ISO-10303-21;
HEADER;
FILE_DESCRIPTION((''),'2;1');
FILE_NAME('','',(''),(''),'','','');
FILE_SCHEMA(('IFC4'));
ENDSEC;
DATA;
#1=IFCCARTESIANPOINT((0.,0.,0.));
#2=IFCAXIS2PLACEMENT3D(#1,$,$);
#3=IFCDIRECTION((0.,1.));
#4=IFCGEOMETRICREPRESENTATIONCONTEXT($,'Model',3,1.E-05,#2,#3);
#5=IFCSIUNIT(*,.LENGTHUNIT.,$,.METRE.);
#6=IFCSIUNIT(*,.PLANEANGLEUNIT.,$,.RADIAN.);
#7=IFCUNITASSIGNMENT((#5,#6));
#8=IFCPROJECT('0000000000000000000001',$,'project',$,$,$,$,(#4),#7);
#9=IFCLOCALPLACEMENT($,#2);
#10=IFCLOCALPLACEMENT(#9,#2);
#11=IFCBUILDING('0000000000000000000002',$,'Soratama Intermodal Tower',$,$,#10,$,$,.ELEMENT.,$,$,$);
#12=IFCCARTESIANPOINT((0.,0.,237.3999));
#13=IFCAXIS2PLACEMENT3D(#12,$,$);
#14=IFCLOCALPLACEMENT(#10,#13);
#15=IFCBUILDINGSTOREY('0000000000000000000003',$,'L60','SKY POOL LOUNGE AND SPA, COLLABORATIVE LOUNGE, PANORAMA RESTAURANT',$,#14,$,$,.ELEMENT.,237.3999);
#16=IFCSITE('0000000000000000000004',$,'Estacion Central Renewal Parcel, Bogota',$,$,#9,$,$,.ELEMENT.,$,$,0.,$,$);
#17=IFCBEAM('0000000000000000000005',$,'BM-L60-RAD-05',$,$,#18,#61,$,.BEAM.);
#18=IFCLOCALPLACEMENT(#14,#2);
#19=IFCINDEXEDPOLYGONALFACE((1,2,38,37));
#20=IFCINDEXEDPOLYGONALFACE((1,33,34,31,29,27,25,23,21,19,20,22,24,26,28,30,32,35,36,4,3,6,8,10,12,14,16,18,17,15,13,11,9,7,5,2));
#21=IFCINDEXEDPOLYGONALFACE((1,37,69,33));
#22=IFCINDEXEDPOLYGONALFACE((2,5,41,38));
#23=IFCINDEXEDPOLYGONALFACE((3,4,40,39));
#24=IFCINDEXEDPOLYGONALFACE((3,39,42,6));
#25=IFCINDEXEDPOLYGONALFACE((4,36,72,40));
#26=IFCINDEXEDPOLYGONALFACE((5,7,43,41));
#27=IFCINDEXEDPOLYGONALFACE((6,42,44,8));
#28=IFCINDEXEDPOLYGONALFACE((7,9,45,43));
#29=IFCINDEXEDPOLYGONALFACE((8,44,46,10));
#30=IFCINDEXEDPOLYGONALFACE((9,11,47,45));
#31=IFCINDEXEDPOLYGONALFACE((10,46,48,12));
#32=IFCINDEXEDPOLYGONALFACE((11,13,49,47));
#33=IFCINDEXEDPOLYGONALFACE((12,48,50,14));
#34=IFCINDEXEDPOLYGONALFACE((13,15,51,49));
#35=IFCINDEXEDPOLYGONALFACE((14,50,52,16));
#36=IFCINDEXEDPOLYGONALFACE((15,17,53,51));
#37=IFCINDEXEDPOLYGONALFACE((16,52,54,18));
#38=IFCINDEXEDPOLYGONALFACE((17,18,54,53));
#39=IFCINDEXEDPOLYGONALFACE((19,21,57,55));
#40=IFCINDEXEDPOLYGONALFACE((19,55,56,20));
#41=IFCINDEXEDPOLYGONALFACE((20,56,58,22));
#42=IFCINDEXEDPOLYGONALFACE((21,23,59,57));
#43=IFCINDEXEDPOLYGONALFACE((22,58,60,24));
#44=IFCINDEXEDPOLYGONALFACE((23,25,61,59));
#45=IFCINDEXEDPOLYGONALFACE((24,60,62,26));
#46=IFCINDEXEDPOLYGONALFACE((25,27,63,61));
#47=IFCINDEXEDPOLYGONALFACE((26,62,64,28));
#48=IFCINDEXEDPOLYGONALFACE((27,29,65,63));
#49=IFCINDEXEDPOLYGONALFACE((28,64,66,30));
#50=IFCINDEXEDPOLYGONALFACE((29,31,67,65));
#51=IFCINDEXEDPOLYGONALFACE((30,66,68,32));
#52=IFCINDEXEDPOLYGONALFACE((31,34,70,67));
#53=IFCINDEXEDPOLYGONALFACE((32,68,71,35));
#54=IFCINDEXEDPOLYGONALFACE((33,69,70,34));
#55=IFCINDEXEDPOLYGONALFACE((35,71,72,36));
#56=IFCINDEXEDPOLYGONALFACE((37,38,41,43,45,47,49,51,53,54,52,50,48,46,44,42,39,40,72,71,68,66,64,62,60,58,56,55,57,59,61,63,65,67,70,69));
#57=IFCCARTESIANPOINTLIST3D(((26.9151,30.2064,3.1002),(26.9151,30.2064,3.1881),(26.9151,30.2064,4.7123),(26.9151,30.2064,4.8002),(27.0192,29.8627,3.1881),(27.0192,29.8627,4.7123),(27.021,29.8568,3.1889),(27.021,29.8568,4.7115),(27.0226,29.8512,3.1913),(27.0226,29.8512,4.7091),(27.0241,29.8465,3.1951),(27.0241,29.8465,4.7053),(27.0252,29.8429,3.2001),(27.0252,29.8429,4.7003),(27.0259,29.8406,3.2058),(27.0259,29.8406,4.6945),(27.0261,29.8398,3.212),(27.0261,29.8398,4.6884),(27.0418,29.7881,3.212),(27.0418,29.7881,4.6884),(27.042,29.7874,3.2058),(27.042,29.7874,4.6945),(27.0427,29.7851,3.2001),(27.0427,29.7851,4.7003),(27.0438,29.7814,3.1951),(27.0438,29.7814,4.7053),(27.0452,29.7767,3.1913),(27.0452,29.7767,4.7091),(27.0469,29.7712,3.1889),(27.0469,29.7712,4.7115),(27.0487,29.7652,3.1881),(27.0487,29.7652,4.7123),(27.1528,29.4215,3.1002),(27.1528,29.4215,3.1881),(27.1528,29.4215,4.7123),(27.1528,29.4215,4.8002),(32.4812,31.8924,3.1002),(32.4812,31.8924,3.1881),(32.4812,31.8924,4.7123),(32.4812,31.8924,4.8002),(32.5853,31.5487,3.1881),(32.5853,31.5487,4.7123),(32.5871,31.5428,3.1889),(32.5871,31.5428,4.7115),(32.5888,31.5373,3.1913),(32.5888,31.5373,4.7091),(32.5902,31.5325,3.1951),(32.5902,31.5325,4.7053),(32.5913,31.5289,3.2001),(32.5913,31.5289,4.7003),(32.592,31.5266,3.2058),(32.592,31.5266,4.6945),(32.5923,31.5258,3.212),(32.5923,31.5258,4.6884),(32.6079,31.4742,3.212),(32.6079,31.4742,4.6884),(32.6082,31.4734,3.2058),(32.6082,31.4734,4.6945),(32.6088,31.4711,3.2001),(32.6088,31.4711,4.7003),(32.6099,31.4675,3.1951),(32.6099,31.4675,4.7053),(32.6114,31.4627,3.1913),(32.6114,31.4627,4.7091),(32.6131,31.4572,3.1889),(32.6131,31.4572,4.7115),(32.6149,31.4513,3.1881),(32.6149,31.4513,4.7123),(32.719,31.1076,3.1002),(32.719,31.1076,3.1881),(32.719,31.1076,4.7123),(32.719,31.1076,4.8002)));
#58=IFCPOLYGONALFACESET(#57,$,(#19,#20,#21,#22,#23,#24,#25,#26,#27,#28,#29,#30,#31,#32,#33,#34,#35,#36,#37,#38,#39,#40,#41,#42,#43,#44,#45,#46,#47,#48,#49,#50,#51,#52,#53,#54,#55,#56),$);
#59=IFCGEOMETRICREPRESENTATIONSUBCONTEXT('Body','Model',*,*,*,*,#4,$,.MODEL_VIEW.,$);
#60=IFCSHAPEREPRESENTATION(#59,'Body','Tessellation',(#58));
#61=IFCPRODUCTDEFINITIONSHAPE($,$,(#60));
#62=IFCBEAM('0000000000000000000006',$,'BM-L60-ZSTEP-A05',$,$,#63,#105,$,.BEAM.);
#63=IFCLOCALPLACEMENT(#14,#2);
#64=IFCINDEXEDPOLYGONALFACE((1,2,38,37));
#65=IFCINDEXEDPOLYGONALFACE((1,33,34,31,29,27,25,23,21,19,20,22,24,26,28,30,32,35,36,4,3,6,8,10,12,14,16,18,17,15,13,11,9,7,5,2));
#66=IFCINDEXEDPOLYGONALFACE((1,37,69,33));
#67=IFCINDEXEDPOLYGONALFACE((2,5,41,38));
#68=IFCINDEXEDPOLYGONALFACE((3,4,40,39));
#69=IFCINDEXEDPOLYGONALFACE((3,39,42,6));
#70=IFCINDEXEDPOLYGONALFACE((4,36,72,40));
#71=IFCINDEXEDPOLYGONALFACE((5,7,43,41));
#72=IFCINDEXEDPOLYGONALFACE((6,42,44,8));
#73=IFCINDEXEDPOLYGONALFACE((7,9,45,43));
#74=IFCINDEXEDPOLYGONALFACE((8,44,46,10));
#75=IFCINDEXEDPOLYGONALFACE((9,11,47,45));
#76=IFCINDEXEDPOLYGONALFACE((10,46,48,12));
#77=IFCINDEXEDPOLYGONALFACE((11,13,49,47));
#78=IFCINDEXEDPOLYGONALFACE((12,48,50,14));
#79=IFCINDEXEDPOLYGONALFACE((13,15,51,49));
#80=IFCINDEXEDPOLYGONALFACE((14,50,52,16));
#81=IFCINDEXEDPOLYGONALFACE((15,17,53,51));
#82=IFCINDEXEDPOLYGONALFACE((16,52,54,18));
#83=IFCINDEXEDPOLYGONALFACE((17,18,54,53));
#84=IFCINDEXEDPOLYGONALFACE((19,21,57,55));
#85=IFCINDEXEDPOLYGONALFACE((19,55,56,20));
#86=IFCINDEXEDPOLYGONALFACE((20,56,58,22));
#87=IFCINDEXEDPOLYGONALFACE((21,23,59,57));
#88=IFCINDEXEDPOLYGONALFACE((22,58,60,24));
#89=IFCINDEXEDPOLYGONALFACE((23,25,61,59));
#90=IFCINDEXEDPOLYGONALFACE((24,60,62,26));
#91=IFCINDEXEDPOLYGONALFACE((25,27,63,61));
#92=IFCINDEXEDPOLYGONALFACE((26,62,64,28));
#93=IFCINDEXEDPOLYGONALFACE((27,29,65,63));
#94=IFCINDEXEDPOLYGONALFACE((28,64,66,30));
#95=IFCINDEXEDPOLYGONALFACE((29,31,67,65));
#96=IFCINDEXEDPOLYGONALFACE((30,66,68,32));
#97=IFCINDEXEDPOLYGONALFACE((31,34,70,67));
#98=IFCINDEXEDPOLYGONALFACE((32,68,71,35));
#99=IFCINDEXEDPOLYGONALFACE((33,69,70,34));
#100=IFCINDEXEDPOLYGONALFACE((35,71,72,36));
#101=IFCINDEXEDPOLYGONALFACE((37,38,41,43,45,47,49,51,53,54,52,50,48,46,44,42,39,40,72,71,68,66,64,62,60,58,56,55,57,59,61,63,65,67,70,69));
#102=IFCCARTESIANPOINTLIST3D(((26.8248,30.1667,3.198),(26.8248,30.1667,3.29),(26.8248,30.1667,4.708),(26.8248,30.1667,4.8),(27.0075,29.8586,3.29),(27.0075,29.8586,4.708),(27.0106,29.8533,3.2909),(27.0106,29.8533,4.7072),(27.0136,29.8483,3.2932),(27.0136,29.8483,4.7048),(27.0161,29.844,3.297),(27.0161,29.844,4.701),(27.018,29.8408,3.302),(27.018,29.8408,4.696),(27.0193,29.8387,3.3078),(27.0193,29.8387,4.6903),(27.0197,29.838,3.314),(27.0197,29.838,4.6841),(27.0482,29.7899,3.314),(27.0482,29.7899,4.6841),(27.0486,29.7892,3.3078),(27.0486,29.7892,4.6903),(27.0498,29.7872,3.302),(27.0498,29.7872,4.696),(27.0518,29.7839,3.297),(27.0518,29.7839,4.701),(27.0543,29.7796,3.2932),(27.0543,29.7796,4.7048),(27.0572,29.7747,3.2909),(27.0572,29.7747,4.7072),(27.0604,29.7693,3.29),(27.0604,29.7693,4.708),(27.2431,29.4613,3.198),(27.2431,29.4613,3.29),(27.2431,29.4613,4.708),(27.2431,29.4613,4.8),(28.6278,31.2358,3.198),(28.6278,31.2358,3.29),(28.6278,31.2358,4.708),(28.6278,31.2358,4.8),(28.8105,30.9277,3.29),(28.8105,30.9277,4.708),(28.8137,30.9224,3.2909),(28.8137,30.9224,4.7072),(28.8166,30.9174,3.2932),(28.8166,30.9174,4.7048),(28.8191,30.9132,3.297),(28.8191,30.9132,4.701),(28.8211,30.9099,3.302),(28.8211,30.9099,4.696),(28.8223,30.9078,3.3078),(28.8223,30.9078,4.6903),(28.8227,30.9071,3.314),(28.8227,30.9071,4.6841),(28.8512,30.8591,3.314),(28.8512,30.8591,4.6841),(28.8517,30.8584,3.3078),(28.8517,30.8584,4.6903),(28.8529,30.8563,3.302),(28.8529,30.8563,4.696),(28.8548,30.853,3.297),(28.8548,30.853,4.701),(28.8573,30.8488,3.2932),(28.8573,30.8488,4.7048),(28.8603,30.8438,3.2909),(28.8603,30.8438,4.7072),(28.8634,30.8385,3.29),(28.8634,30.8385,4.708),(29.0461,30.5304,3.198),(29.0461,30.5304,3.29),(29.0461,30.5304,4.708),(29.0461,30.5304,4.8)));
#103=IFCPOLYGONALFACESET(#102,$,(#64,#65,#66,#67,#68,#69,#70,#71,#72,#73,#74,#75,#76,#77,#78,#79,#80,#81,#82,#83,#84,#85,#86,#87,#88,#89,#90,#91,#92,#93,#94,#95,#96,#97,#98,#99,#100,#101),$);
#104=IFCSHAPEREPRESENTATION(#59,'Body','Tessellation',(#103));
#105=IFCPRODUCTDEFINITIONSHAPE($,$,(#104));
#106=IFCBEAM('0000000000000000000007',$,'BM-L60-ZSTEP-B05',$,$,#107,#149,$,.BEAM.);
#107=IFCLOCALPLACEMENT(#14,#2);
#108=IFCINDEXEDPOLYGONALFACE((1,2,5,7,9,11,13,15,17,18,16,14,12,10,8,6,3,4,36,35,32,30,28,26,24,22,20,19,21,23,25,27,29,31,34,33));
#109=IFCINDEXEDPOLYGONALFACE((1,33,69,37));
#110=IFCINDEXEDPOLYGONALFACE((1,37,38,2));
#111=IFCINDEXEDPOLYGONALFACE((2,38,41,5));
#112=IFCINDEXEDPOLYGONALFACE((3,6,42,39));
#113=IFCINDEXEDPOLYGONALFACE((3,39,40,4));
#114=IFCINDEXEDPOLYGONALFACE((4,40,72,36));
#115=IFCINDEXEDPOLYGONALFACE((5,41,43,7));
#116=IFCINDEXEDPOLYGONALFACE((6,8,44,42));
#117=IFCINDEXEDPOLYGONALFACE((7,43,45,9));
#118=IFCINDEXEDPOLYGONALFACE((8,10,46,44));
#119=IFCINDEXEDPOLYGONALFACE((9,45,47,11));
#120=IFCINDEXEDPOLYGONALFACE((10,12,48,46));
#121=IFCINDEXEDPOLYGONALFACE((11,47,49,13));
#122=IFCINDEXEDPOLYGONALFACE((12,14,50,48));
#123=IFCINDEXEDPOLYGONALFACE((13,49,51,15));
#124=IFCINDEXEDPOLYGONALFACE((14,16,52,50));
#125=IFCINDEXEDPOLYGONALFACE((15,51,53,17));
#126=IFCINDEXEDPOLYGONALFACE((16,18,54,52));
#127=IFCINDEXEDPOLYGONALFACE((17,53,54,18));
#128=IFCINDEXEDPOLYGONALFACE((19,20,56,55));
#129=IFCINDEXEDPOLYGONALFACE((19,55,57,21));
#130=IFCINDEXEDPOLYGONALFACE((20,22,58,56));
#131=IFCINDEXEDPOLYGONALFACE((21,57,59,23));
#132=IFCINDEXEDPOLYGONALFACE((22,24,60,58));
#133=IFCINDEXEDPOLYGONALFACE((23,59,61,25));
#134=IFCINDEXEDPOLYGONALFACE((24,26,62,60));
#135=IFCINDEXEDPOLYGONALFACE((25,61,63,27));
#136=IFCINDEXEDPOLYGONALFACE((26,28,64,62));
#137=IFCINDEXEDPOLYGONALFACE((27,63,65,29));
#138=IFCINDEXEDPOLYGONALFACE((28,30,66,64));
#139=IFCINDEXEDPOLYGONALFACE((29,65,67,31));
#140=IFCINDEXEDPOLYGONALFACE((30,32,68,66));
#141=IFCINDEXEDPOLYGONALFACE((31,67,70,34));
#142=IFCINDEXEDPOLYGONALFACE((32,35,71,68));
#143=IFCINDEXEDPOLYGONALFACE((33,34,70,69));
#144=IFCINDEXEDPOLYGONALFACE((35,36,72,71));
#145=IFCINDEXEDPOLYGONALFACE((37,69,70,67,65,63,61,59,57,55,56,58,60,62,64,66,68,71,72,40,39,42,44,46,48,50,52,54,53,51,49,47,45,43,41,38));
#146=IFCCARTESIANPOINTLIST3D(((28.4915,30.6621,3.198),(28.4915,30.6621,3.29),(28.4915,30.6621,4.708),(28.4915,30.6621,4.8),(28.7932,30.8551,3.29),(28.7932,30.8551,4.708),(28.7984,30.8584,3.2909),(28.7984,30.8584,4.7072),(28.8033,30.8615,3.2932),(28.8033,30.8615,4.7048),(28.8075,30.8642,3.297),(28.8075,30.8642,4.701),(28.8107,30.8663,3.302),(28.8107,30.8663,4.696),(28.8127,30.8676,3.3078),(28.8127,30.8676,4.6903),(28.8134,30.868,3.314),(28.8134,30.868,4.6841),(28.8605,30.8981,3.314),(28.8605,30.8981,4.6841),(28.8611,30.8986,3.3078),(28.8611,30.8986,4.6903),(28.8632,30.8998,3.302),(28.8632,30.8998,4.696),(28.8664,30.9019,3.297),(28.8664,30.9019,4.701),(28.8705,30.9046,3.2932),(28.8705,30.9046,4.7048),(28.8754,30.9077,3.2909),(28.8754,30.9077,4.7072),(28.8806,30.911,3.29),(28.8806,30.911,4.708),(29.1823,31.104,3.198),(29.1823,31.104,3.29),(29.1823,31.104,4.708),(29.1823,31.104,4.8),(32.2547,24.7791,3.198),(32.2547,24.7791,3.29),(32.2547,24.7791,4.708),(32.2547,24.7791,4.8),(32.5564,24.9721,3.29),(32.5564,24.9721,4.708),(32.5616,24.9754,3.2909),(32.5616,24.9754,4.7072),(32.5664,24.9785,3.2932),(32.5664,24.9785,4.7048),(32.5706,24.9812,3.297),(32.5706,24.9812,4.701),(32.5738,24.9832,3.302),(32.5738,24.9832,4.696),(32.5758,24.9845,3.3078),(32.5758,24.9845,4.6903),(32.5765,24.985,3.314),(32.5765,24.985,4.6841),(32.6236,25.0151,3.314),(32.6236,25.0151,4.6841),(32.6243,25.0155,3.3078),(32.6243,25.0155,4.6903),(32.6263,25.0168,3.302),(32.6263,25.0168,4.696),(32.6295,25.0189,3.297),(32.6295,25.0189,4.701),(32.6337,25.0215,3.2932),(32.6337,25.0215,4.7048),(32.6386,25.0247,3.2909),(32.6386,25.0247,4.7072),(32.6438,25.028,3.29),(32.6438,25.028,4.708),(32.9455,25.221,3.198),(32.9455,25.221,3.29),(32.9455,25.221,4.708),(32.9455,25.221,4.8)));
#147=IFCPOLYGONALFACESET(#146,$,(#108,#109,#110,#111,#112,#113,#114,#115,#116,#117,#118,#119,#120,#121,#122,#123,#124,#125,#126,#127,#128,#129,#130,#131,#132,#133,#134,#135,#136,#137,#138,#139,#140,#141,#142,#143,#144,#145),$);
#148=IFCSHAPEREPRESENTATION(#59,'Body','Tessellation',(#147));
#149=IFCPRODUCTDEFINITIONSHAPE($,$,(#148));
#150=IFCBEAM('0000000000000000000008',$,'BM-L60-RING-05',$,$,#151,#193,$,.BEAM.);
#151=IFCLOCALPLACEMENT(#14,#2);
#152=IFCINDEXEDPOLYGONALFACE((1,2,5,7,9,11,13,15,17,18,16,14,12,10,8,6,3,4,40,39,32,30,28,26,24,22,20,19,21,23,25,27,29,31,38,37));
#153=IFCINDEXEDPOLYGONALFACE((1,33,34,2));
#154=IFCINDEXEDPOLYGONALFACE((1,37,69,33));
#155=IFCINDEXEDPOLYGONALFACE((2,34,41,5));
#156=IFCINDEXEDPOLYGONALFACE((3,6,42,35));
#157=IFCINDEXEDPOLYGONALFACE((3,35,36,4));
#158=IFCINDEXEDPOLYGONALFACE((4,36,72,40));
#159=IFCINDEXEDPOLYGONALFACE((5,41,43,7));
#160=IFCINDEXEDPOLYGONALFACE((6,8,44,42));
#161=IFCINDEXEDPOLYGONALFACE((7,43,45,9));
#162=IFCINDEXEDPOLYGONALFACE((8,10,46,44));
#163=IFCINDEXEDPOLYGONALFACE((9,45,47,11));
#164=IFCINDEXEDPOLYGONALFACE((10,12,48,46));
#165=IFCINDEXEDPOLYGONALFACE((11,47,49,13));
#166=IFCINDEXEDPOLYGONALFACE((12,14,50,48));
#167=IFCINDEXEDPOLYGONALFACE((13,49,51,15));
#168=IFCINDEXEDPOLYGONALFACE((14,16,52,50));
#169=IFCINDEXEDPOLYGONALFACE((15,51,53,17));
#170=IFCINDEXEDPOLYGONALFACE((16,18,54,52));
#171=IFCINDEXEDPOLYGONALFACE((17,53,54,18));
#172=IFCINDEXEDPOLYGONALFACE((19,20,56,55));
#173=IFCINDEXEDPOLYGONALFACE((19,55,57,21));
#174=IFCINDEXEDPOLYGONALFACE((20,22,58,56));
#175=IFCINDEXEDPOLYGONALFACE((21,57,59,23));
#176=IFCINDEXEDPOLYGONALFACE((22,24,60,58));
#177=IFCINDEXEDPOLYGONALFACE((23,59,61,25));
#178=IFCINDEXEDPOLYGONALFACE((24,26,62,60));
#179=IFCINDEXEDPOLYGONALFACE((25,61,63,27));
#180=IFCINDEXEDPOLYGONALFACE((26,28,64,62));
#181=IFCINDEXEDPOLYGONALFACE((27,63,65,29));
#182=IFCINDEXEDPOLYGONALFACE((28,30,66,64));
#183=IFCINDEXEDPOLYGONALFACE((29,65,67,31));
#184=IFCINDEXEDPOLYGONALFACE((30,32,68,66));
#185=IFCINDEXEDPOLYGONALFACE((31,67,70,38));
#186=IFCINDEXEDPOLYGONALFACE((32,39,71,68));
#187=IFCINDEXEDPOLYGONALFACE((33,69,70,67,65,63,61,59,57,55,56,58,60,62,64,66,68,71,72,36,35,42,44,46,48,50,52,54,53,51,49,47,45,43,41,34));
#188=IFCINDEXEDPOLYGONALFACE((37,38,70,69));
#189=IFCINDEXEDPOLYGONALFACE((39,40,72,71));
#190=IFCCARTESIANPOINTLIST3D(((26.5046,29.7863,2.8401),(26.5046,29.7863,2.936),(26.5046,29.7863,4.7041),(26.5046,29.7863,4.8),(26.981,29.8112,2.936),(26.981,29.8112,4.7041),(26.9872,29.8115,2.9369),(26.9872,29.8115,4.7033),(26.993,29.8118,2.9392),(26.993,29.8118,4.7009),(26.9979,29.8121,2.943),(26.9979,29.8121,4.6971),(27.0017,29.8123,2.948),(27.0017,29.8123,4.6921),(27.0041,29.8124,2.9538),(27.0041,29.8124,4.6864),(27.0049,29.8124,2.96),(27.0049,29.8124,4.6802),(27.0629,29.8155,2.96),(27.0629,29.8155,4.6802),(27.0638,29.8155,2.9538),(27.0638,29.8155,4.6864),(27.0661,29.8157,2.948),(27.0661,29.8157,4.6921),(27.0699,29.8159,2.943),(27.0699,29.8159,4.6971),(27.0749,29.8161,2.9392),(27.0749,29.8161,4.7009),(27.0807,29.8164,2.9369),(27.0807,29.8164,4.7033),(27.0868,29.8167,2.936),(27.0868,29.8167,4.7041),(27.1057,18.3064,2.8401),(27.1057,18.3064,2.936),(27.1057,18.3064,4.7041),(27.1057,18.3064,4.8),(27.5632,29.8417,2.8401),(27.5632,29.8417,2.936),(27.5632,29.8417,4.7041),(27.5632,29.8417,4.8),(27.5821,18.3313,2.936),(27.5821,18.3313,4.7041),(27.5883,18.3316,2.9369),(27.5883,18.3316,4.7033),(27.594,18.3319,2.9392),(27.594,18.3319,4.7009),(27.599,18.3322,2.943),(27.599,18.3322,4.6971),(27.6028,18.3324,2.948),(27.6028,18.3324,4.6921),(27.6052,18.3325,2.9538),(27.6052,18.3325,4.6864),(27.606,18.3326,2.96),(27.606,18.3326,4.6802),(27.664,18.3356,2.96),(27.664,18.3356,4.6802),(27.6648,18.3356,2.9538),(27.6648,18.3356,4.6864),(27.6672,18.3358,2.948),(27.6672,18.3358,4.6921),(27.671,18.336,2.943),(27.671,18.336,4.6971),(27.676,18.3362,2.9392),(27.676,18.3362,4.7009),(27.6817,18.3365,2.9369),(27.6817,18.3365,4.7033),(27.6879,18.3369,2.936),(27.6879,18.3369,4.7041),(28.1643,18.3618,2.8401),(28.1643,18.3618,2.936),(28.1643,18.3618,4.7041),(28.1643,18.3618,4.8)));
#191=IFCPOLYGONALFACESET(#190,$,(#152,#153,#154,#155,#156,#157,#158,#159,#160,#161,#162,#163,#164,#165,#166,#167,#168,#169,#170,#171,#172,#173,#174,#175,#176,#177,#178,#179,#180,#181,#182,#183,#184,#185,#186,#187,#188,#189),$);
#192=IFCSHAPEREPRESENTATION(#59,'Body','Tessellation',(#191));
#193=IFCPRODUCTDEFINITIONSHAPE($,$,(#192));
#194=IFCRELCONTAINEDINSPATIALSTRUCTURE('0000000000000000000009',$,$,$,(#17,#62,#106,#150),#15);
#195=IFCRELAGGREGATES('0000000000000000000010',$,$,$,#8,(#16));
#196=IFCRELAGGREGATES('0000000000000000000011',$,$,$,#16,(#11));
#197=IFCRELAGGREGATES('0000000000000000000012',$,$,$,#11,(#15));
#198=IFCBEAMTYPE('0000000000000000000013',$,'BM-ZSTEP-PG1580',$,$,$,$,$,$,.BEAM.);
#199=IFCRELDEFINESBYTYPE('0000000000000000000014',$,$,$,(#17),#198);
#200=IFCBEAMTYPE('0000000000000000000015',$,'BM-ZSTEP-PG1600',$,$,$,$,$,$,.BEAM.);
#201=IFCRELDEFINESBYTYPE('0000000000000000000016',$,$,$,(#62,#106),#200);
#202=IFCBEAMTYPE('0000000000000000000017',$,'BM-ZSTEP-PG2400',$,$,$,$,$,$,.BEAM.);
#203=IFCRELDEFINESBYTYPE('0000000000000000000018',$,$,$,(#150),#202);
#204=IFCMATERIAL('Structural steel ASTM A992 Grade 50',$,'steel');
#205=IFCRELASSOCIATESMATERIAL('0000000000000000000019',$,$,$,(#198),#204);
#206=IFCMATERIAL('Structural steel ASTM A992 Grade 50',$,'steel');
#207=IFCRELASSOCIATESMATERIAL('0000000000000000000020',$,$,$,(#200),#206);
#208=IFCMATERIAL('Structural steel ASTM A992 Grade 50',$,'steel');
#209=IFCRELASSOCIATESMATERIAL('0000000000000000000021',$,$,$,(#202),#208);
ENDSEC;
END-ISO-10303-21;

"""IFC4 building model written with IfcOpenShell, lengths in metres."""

from ifc_helpers import new_model, si_unit, direction, frame, origin, origin_2d, place, context, subcontext, project, spatial, i_section, extrude, material, material_profile, profile_set, type_object, element, save


model = new_model("IFC4")

# Units and contexts
model_context = context("Model", 3, precision=1e-05, world=origin(), true_north=direction((0.0, 1.0)))
body_context = subcontext(model_context, "Body", "Model", "MODEL_VIEW")
ifc_project = project(units=[si_unit("LENGTHUNIT", "METRE"), si_unit("PLANEANGLEUNIT", "RADIAN")], contexts=[model_context])

# Site, building, storey
site_placement = place(None, origin())
site = spatial("IfcSite", under=ifc_project, at=site_placement, Name="Estacion Central Renewal Parcel, Bogota", CompositionType="ELEMENT", RefElevation=0.0)
building_placement = place(site_placement, origin())
building = spatial("IfcBuilding", under=site, at=building_placement, Name="Soratama Intermodal Tower", CompositionType="ELEMENT")
storey_placement = place(building_placement, frame((0.0, 0.0, 237.3999)))
storey = spatial("IfcBuildingStorey", under=building, at=storey_placement, Name="L60", Description="SKY POOL LOUNGE AND SPA, COLLABORATIVE LOUNGE, PANORAMA RESTAURANT", CompositionType="ELEMENT", Elevation=237.3999)

# Beams
ifc_material_1 = material(Name="Structural steel ASTM A992 Grade 50", Category="steel")
ifc_material_profile_1 = material_profile(ifc_material_1, i_section(OverallWidth=0.8201, OverallDepth=1.7, WebThickness=0.054, FlangeThickness=0.0879, FilletRadius=0.0239, at=origin_2d()), Name="PG1580X800")
ifc_profile_set_1 = profile_set([ifc_material_profile_1], Name="Structural steel ASTM A992 Grade 50")
beam_type_1 = type_object("IfcBeamType", Name="BM-ZSTEP-PG1580", PredefinedType="BEAM", material=ifc_profile_set_1)
beam_1_placement = place(storey_placement, frame((32.6001, 31.5, 3.9502), z_axis=(-0.957057, -0.2899, 0.0), x_axis=(0.2899, -0.957057, 0.0)))
element("IfcBeam", 1, at=beam_1_placement, inside=storey, type_object=beam_type_1, Name="BM-L60-RAD-05", PredefinedType="BEAM", context=body_context, shape_type="SweptSolid", body=[
    extrude(i_section(OverallWidth=0.8201, OverallDepth=1.7, WebThickness=0.054, FlangeThickness=0.0879, FilletRadius=0.0239, at=origin_2d()), origin(), (0.0, 0.0, 1.0), 5.8159),
])
ifc_material_2 = material(Name="Structural steel ASTM A992 Grade 50", Category="steel")
ifc_material_profile_2 = material_profile(ifc_material_2, i_section(OverallWidth=0.8201, OverallDepth=1.6021, WebThickness=0.0559, FlangeThickness=0.092, FilletRadius=0.0239, at=origin_2d()), Name="PG1600X650")
ifc_profile_set_2 = profile_set([ifc_material_profile_2], Name="Structural steel ASTM A992 Grade 50")
beam_type_2 = type_object("IfcBeamType", Name="BM-ZSTEP-PG1600", PredefinedType="BEAM", material=ifc_profile_set_2)
beam_2_placement = place(storey_placement, frame((27.0339, 29.814, 3.999), z_axis=(0.860153, 0.510035, 0.0), x_axis=(-0.510035, 0.860153, 0.0)))
element("IfcBeam", 2, at=beam_2_placement, inside=storey, type_object=beam_type_2, Name="BM-L60-ZSTEP-A05", PredefinedType="BEAM", context=body_context, shape_type="SweptSolid", body=[
    extrude(i_section(OverallWidth=0.8201, OverallDepth=1.6021, WebThickness=0.0559, FlangeThickness=0.092, FilletRadius=0.0239, at=origin_2d()), origin(), (0.0, 0.0, 1.0), 2.0962),
])
beam_3_placement = place(storey_placement, frame((28.8369, 30.8831, 3.999), z_axis=(0.538853, -0.8424, 0.0), x_axis=(0.8424, 0.538853, 0.0)))
element("IfcBeam", 3, at=beam_3_placement, inside=storey, type_object=beam_type_2, Name="BM-L60-ZSTEP-B05", PredefinedType="BEAM", context=body_context, shape_type="SweptSolid", body=[
    extrude(i_section(OverallWidth=0.8201, OverallDepth=1.6021, WebThickness=0.0559, FlangeThickness=0.092, FilletRadius=0.0239, at=origin_2d()), origin(), (0.0, 0.0, 1.0), 6.9836),
])
ifc_material_3 = material(Name="Structural steel ASTM A992 Grade 50", Category="steel")
ifc_material_profile_3 = material_profile(ifc_material_3, i_section(OverallWidth=1.0601, OverallDepth=1.96, WebThickness=0.0581, FlangeThickness=0.0959, FilletRadius=0.0239, at=origin_2d()), Name="PG2400X900")
ifc_profile_set_3 = profile_set([ifc_material_profile_3], Name="Structural steel ASTM A992 Grade 50")
beam_type_3 = type_object("IfcBeamType", Name="BM-ZSTEP-PG2400", PredefinedType="BEAM", material=ifc_profile_set_3)
beam_4_placement = place(storey_placement, frame((27.0339, 29.814, 3.8201), z_axis=(0.052287, -0.998632, 0.0), x_axis=(0.998632, 0.052287, 0.0)))
element("IfcBeam", 4, at=beam_4_placement, inside=storey, type_object=beam_type_3, Name="BM-L60-RING-05", PredefinedType="BEAM", context=body_context, shape_type="SweptSolid", body=[
    extrude(i_section(OverallWidth=1.0601, OverallDepth=1.96, WebThickness=0.0581, FlangeThickness=0.0959, FilletRadius=0.0239, at=origin_2d()), origin(), (0.0, 0.0, 1.0), 11.4956),
])

save(model, "model.ifc")
